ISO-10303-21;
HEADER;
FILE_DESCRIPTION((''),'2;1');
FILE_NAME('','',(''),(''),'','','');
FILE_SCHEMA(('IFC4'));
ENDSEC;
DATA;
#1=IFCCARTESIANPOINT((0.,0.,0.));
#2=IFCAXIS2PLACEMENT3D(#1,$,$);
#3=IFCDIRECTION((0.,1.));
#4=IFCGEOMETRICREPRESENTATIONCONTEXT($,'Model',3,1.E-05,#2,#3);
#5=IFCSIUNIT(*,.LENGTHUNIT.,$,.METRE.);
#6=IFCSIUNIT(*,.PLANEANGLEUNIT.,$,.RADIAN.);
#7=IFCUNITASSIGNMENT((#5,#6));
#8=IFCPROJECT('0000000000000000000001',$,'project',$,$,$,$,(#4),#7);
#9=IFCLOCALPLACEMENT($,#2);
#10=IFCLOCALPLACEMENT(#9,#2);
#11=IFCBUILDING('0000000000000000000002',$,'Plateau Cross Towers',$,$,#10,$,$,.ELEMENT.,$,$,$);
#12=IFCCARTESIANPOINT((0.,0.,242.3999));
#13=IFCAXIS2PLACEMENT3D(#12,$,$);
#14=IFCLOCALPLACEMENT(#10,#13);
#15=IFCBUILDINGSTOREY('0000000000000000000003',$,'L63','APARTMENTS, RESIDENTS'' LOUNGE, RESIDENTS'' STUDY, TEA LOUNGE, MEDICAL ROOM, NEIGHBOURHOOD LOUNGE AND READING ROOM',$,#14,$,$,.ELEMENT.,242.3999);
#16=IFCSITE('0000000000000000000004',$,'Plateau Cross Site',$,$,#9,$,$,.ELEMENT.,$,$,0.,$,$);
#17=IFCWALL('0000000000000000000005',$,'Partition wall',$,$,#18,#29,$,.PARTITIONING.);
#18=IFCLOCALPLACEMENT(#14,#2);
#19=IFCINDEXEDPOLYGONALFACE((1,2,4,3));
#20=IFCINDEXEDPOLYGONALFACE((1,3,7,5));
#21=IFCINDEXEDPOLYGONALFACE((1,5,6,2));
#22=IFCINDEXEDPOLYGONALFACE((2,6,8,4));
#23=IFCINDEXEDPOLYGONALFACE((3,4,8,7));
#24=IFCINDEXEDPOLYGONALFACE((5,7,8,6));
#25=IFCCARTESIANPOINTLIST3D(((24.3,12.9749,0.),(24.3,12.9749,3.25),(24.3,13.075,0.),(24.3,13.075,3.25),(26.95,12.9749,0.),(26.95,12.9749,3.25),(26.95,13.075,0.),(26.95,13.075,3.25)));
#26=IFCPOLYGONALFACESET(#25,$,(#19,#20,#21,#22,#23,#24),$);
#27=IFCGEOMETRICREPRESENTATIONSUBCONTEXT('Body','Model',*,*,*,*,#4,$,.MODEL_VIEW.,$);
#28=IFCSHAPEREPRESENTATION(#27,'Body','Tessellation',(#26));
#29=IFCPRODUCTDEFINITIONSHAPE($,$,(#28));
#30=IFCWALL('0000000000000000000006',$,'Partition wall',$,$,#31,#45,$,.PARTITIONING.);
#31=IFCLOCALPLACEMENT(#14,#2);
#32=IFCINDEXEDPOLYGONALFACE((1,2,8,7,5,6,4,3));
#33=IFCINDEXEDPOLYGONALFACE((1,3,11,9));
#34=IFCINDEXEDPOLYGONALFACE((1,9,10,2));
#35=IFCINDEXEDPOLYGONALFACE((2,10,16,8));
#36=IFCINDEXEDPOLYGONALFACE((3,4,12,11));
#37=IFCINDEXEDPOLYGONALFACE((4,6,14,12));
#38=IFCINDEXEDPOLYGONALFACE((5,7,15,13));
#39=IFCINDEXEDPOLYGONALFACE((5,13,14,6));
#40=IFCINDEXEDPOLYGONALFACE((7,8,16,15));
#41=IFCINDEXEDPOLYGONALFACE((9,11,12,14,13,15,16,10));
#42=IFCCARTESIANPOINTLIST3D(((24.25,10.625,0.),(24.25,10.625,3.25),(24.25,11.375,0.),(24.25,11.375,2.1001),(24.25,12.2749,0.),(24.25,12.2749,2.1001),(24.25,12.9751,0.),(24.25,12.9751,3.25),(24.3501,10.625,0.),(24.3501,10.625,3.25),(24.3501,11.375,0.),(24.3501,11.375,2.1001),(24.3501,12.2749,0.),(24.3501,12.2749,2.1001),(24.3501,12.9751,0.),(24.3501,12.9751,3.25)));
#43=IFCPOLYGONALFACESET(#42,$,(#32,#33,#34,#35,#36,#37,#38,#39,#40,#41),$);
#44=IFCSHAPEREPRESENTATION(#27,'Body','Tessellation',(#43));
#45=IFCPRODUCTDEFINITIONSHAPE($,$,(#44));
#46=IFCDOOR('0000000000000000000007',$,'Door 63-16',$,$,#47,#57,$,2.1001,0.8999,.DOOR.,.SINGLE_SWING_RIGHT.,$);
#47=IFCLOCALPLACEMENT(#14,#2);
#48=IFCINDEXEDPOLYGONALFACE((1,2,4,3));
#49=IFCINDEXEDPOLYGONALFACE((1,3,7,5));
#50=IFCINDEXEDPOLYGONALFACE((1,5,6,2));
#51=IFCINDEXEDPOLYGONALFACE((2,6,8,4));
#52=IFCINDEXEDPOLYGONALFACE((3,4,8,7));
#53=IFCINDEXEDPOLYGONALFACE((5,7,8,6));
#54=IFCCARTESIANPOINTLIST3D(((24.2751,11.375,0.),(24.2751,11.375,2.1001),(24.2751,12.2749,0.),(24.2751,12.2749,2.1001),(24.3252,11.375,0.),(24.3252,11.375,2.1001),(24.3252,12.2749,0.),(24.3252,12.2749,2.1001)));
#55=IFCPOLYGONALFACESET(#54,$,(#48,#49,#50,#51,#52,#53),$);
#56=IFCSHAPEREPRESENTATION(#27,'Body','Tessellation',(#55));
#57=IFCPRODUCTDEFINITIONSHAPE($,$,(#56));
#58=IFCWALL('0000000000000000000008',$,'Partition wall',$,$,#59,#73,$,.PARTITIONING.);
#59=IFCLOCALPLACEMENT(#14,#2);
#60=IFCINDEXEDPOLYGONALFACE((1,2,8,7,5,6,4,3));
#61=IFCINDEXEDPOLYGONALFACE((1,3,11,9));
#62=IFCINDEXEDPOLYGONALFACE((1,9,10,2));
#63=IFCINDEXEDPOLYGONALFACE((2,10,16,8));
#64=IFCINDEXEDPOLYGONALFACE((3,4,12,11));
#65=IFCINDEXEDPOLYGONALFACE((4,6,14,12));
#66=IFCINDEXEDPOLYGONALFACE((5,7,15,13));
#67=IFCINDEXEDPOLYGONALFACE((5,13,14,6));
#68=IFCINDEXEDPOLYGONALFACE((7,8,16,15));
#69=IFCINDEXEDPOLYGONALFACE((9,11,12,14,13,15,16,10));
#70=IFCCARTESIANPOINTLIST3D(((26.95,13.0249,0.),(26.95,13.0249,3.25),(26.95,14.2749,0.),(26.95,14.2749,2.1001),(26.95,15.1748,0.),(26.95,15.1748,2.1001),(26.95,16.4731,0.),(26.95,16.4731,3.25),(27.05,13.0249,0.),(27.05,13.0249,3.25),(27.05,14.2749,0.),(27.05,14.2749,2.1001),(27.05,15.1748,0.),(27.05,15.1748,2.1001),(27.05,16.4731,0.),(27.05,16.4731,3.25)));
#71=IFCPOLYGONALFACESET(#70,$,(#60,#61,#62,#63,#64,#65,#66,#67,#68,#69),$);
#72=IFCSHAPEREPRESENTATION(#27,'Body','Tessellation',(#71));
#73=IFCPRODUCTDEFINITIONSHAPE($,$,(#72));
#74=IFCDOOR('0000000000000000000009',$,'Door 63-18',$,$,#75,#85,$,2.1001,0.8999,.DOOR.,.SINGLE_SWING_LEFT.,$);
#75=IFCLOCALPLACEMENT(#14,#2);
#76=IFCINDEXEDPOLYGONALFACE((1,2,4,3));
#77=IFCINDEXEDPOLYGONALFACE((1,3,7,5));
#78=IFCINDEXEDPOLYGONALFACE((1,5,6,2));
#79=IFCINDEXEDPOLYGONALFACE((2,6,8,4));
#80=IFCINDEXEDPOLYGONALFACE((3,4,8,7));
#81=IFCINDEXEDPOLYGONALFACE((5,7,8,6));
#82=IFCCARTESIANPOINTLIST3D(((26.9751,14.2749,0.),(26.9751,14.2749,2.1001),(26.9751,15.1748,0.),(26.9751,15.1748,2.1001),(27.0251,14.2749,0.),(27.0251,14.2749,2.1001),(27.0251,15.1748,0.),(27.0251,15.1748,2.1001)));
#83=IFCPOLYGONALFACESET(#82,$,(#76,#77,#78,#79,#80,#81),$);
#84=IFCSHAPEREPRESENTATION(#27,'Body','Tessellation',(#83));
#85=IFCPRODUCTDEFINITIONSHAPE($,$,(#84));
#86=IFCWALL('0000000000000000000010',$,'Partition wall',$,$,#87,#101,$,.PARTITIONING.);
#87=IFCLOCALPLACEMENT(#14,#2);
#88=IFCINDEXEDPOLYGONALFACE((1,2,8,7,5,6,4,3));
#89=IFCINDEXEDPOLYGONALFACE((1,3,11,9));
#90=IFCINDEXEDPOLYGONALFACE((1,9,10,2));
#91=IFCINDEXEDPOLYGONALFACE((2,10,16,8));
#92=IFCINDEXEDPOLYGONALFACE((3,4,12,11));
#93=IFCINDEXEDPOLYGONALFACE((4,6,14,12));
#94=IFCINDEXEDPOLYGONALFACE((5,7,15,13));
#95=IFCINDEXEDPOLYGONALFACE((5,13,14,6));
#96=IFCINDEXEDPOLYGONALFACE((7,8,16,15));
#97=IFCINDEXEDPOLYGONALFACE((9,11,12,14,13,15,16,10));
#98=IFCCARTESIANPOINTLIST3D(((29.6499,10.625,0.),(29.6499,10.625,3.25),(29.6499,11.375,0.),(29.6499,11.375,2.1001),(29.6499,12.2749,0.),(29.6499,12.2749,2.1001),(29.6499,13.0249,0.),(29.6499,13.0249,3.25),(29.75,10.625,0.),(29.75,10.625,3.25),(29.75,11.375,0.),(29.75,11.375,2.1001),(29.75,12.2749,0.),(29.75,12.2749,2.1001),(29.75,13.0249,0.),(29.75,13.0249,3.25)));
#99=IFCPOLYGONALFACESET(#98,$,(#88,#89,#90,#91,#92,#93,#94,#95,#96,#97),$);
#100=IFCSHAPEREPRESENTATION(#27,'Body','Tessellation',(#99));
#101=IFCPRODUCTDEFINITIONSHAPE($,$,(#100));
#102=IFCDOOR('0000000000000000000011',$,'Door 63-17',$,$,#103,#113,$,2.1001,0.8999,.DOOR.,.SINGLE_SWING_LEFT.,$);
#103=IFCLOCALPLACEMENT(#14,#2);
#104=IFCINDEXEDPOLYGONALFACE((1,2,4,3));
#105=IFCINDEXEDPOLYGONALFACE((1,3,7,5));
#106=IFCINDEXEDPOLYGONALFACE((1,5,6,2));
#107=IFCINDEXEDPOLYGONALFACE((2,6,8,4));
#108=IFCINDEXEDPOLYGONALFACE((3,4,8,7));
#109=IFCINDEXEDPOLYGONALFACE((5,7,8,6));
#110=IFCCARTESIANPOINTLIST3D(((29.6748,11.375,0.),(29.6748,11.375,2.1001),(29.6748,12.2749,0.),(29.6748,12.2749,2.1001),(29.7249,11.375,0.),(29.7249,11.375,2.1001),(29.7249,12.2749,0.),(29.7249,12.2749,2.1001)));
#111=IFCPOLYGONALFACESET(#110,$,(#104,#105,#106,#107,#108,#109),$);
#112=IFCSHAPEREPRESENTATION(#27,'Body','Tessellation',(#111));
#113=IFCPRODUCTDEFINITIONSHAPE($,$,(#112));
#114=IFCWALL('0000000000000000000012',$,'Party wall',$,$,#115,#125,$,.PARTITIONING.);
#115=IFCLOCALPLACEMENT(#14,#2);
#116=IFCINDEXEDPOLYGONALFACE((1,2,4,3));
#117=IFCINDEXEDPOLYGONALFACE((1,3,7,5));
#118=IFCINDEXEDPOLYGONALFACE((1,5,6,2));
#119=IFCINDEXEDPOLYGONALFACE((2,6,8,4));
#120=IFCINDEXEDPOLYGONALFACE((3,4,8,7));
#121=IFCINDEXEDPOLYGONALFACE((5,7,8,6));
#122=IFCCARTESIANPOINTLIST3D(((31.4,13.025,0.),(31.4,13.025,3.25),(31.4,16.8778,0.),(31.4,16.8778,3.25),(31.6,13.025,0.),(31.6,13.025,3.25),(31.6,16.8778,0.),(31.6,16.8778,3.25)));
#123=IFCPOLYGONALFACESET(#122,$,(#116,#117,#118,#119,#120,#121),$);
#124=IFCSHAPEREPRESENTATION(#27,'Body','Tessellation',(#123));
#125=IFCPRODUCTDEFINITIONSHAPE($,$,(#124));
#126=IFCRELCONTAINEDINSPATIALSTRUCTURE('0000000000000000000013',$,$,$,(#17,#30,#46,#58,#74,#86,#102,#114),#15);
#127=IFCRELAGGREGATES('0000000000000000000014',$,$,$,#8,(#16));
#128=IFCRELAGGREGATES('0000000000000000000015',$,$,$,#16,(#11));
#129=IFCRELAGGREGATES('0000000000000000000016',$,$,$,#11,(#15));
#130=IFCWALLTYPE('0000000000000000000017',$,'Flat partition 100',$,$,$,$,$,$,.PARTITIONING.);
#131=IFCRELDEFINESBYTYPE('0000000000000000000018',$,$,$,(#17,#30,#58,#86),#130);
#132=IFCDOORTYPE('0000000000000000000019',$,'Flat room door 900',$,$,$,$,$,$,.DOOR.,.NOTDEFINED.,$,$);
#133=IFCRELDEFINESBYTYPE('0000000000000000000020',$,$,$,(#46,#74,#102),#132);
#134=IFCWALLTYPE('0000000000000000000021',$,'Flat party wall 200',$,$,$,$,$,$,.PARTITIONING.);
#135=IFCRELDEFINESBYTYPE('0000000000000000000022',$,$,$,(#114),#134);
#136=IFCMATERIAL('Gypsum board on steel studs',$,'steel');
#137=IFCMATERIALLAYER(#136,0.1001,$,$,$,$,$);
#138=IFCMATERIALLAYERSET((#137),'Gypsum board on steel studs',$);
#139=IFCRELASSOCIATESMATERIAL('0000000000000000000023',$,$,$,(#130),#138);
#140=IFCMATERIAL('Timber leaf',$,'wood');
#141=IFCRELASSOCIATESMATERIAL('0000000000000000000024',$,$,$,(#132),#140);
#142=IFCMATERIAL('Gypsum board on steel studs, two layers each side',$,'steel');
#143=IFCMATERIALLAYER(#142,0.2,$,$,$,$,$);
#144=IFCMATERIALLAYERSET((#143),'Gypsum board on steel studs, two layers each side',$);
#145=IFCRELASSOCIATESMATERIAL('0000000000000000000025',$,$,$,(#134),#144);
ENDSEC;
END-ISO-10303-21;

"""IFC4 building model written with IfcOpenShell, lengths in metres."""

from ifc_helpers import new_model, si_unit, direction, frame, frame_2d, origin, place, context, subcontext, project, spatial, rectangle, extrude, material, layer, layer_set, type_object, element, fill, save


model = new_model("IFC4")

# Units and contexts
model_context = context("Model", 3, precision=1e-05, world=origin(), true_north=direction((0.0, 1.0)))
body_context = subcontext(model_context, "Body", "Model", "MODEL_VIEW")
ifc_project = project(units=[si_unit("LENGTHUNIT", "METRE"), si_unit("PLANEANGLEUNIT", "RADIAN")], contexts=[model_context])

# Site, building, storey
site_placement = place(None, origin())
site = spatial("IfcSite", under=ifc_project, at=site_placement, Name="Plateau Cross Site", CompositionType="ELEMENT", RefElevation=0.0)
building_placement = place(site_placement, origin())
building = spatial("IfcBuilding", under=site, at=building_placement, Name="Plateau Cross Towers", CompositionType="ELEMENT")
storey_placement = place(building_placement, frame((0.0, 0.0, 242.3999)))
storey = spatial("IfcBuildingStorey", under=building, at=storey_placement, Name="L63", Description="APARTMENTS, RESIDENTS' LOUNGE, RESIDENTS' STUDY, TEA LOUNGE, MEDICAL ROOM, NEIGHBOURHOOD LOUNGE AND READING ROOM", CompositionType="ELEMENT", Elevation=242.3999)

# Wall
ifc_material_1 = material(Name="Gypsum board on steel studs", Category="steel")
ifc_layer_1 = layer(ifc_material_1, 0.1001)
ifc_layer_set_1 = layer_set([ifc_layer_1], Name="Gypsum board on steel studs")
wall_type_1 = type_object("IfcWallType", Name="Flat partition 100", PredefinedType="PARTITIONING", material=ifc_layer_set_1)
wall_1_placement = place(storey_placement, frame((24.3, 13.0249, 0.0), z_axis=(0.0, 0.0, 1.0), x_axis=(1.0, 0.0, 0.0)))
element("IfcWall", 1, at=wall_1_placement, inside=storey, type_object=wall_type_1, Name="Partition wall", PredefinedType="PARTITIONING", context=body_context, shape_type="SweptSolid", body=[
    extrude(rectangle(XDim=2.6499, YDim=0.1001, at=frame_2d((1.325, 0.0))), origin(), (0.0, 0.0, 1.0), 3.25),
])

# Walls, openings, doors
wall_2_placement = place(storey_placement, frame((24.3, 10.625, 0.0), z_axis=(0.0, 0.0, 1.0), x_axis=(0.0, 1.0, 0.0)))
wall_2 = element("IfcWall", 2, at=wall_2_placement, inside=storey, type_object=wall_type_1, Name="Partition wall", PredefinedType="PARTITIONING", context=body_context, shape_type="SweptSolid", body=[
    extrude(rectangle(XDim=2.3501, YDim=0.1001, at=frame_2d((1.175, 0.0))), origin(), (0.0, 0.0, 1.0), 3.25),
])
opening_1_placement = place(wall_2_placement, frame((0.75, 0.0, 0.0)))
opening_1 = element("IfcOpeningElement", 3, at=opening_1_placement, cuts=wall_2, PredefinedType="OPENING", context=body_context, shape_type="SweptSolid", body=[
    extrude(rectangle(XDim=0.8999, YDim=2.1001, at=frame_2d((0.45, 1.05))), frame((0.0, 0.0601, 0.0), z_axis=(0.0, -1.0, 0.0), x_axis=(1.0, 0.0, 0.0)), (0.0, 0.0, 1.0), 0.1201),
])
ifc_material_2 = material(Name="Timber leaf", Category="wood")
door_type_1 = type_object("IfcDoorType", Name="Flat room door 900", OperationType="NOTDEFINED", PredefinedType="DOOR", material=ifc_material_2)
door_1_placement = place(opening_1_placement, origin())
door_1 = element("IfcDoor", 4, at=door_1_placement, inside=storey, type_object=door_type_1, Name="Door 63-16", OperationType="SINGLE_SWING_RIGHT", OverallHeight=2.1001, OverallWidth=0.8999, PredefinedType="DOOR", context=body_context, shape_type="SweptSolid", body=[
    extrude(rectangle(XDim=0.8999, YDim=2.1001, at=frame_2d((0.45, 1.05))), frame((0.0, 0.0249, 0.0), z_axis=(0.0, -1.0, 0.0), x_axis=(1.0, 0.0, 0.0)), (0.0, 0.0, 1.0), 0.05),
])
fill(opening_1, door_1)
wall_3_placement = place(storey_placement, frame((27.0, 13.0249, 0.0), z_axis=(0.0, 0.0, 1.0), x_axis=(0.0, 1.0, 0.0)))
wall_3 = element("IfcWall", 5, at=wall_3_placement, inside=storey, type_object=wall_type_1, Name="Partition wall", PredefinedType="PARTITIONING", context=body_context, shape_type="SweptSolid", body=[
    extrude(rectangle(XDim=3.4482, YDim=0.1001, at=frame_2d((1.7241, 0.0))), origin(), (0.0, 0.0, 1.0), 3.25),
])
opening_2_placement = place(wall_3_placement, frame((1.25, 0.0, 0.0)))
opening_2 = element("IfcOpeningElement", 6, at=opening_2_placement, cuts=wall_3, PredefinedType="OPENING", context=body_context, shape_type="SweptSolid", body=[
    extrude(rectangle(XDim=0.8999, YDim=2.1001, at=frame_2d((0.45, 1.05))), frame((0.0, 0.0601, 0.0), z_axis=(0.0, -1.0, 0.0), x_axis=(1.0, 0.0, 0.0)), (0.0, 0.0, 1.0), 0.1201),
])
door_2_placement = place(opening_2_placement, origin())
door_2 = element("IfcDoor", 7, at=door_2_placement, inside=storey, type_object=door_type_1, Name="Door 63-18", OperationType="SINGLE_SWING_LEFT", OverallHeight=2.1001, OverallWidth=0.8999, PredefinedType="DOOR", context=body_context, shape_type="SweptSolid", body=[
    extrude(rectangle(XDim=0.8999, YDim=2.1001, at=frame_2d((0.45, 1.05))), frame((0.0, 0.0249, 0.0), z_axis=(0.0, -1.0, 0.0), x_axis=(1.0, 0.0, 0.0)), (0.0, 0.0, 1.0), 0.05),
])
fill(opening_2, door_2)
wall_4_placement = place(storey_placement, frame((29.7, 13.0249, 0.0), z_axis=(0.0, 0.0, 1.0), x_axis=(0.0, -1.0, 0.0)))
wall_4 = element("IfcWall", 8, at=wall_4_placement, inside=storey, type_object=wall_type_1, Name="Partition wall", PredefinedType="PARTITIONING", context=body_context, shape_type="SweptSolid", body=[
    extrude(rectangle(XDim=2.3999, YDim=0.1001, at=frame_2d((1.2, 0.0))), origin(), (0.0, 0.0, 1.0), 3.25),
])
opening_3_placement = place(wall_4_placement, frame((0.75, 0.0, 0.0)))
opening_3 = element("IfcOpeningElement", 9, at=opening_3_placement, cuts=wall_4, PredefinedType="OPENING", context=body_context, shape_type="SweptSolid", body=[
    extrude(rectangle(XDim=0.8999, YDim=2.1001, at=frame_2d((0.45, 1.05))), frame((0.0, 0.0601, 0.0), z_axis=(0.0, -1.0, 0.0), x_axis=(1.0, 0.0, 0.0)), (0.0, 0.0, 1.0), 0.1201),
])
door_3_placement = place(opening_3_placement, origin())
door_3 = element("IfcDoor", 10, at=door_3_placement, inside=storey, type_object=door_type_1, Name="Door 63-17", OperationType="SINGLE_SWING_LEFT", OverallHeight=2.1001, OverallWidth=0.8999, PredefinedType="DOOR", context=body_context, shape_type="SweptSolid", body=[
    extrude(rectangle(XDim=0.8999, YDim=2.1001, at=frame_2d((0.45, 1.05))), frame((0.0, 0.0249, 0.0), z_axis=(0.0, -1.0, 0.0), x_axis=(1.0, 0.0, 0.0)), (0.0, 0.0, 1.0), 0.05),
])
fill(opening_3, door_3)

# Wall
ifc_material_3 = material(Name="Gypsum board on steel studs, two layers each side", Category="steel")
ifc_layer_2 = layer(ifc_material_3, 0.2)
ifc_layer_set_2 = layer_set([ifc_layer_2], Name="Gypsum board on steel studs, two layers each side")
wall_type_2 = type_object("IfcWallType", Name="Flat party wall 200", PredefinedType="PARTITIONING", material=ifc_layer_set_2)
wall_5_placement = place(storey_placement, frame((31.5, 16.8777, 0.0), z_axis=(0.0, 0.0, 1.0), x_axis=(0.0, -1.0, 0.0)))
element("IfcWall", 11, at=wall_5_placement, inside=storey, type_object=wall_type_2, Name="Party wall", PredefinedType="PARTITIONING", context=body_context, shape_type="SweptSolid", body=[
    extrude(rectangle(XDim=3.8528, YDim=0.2, at=frame_2d((1.9263, 0.0))), origin(), (0.0, 0.0, 1.0), 3.25),
])

save(model, "model.ifc")
